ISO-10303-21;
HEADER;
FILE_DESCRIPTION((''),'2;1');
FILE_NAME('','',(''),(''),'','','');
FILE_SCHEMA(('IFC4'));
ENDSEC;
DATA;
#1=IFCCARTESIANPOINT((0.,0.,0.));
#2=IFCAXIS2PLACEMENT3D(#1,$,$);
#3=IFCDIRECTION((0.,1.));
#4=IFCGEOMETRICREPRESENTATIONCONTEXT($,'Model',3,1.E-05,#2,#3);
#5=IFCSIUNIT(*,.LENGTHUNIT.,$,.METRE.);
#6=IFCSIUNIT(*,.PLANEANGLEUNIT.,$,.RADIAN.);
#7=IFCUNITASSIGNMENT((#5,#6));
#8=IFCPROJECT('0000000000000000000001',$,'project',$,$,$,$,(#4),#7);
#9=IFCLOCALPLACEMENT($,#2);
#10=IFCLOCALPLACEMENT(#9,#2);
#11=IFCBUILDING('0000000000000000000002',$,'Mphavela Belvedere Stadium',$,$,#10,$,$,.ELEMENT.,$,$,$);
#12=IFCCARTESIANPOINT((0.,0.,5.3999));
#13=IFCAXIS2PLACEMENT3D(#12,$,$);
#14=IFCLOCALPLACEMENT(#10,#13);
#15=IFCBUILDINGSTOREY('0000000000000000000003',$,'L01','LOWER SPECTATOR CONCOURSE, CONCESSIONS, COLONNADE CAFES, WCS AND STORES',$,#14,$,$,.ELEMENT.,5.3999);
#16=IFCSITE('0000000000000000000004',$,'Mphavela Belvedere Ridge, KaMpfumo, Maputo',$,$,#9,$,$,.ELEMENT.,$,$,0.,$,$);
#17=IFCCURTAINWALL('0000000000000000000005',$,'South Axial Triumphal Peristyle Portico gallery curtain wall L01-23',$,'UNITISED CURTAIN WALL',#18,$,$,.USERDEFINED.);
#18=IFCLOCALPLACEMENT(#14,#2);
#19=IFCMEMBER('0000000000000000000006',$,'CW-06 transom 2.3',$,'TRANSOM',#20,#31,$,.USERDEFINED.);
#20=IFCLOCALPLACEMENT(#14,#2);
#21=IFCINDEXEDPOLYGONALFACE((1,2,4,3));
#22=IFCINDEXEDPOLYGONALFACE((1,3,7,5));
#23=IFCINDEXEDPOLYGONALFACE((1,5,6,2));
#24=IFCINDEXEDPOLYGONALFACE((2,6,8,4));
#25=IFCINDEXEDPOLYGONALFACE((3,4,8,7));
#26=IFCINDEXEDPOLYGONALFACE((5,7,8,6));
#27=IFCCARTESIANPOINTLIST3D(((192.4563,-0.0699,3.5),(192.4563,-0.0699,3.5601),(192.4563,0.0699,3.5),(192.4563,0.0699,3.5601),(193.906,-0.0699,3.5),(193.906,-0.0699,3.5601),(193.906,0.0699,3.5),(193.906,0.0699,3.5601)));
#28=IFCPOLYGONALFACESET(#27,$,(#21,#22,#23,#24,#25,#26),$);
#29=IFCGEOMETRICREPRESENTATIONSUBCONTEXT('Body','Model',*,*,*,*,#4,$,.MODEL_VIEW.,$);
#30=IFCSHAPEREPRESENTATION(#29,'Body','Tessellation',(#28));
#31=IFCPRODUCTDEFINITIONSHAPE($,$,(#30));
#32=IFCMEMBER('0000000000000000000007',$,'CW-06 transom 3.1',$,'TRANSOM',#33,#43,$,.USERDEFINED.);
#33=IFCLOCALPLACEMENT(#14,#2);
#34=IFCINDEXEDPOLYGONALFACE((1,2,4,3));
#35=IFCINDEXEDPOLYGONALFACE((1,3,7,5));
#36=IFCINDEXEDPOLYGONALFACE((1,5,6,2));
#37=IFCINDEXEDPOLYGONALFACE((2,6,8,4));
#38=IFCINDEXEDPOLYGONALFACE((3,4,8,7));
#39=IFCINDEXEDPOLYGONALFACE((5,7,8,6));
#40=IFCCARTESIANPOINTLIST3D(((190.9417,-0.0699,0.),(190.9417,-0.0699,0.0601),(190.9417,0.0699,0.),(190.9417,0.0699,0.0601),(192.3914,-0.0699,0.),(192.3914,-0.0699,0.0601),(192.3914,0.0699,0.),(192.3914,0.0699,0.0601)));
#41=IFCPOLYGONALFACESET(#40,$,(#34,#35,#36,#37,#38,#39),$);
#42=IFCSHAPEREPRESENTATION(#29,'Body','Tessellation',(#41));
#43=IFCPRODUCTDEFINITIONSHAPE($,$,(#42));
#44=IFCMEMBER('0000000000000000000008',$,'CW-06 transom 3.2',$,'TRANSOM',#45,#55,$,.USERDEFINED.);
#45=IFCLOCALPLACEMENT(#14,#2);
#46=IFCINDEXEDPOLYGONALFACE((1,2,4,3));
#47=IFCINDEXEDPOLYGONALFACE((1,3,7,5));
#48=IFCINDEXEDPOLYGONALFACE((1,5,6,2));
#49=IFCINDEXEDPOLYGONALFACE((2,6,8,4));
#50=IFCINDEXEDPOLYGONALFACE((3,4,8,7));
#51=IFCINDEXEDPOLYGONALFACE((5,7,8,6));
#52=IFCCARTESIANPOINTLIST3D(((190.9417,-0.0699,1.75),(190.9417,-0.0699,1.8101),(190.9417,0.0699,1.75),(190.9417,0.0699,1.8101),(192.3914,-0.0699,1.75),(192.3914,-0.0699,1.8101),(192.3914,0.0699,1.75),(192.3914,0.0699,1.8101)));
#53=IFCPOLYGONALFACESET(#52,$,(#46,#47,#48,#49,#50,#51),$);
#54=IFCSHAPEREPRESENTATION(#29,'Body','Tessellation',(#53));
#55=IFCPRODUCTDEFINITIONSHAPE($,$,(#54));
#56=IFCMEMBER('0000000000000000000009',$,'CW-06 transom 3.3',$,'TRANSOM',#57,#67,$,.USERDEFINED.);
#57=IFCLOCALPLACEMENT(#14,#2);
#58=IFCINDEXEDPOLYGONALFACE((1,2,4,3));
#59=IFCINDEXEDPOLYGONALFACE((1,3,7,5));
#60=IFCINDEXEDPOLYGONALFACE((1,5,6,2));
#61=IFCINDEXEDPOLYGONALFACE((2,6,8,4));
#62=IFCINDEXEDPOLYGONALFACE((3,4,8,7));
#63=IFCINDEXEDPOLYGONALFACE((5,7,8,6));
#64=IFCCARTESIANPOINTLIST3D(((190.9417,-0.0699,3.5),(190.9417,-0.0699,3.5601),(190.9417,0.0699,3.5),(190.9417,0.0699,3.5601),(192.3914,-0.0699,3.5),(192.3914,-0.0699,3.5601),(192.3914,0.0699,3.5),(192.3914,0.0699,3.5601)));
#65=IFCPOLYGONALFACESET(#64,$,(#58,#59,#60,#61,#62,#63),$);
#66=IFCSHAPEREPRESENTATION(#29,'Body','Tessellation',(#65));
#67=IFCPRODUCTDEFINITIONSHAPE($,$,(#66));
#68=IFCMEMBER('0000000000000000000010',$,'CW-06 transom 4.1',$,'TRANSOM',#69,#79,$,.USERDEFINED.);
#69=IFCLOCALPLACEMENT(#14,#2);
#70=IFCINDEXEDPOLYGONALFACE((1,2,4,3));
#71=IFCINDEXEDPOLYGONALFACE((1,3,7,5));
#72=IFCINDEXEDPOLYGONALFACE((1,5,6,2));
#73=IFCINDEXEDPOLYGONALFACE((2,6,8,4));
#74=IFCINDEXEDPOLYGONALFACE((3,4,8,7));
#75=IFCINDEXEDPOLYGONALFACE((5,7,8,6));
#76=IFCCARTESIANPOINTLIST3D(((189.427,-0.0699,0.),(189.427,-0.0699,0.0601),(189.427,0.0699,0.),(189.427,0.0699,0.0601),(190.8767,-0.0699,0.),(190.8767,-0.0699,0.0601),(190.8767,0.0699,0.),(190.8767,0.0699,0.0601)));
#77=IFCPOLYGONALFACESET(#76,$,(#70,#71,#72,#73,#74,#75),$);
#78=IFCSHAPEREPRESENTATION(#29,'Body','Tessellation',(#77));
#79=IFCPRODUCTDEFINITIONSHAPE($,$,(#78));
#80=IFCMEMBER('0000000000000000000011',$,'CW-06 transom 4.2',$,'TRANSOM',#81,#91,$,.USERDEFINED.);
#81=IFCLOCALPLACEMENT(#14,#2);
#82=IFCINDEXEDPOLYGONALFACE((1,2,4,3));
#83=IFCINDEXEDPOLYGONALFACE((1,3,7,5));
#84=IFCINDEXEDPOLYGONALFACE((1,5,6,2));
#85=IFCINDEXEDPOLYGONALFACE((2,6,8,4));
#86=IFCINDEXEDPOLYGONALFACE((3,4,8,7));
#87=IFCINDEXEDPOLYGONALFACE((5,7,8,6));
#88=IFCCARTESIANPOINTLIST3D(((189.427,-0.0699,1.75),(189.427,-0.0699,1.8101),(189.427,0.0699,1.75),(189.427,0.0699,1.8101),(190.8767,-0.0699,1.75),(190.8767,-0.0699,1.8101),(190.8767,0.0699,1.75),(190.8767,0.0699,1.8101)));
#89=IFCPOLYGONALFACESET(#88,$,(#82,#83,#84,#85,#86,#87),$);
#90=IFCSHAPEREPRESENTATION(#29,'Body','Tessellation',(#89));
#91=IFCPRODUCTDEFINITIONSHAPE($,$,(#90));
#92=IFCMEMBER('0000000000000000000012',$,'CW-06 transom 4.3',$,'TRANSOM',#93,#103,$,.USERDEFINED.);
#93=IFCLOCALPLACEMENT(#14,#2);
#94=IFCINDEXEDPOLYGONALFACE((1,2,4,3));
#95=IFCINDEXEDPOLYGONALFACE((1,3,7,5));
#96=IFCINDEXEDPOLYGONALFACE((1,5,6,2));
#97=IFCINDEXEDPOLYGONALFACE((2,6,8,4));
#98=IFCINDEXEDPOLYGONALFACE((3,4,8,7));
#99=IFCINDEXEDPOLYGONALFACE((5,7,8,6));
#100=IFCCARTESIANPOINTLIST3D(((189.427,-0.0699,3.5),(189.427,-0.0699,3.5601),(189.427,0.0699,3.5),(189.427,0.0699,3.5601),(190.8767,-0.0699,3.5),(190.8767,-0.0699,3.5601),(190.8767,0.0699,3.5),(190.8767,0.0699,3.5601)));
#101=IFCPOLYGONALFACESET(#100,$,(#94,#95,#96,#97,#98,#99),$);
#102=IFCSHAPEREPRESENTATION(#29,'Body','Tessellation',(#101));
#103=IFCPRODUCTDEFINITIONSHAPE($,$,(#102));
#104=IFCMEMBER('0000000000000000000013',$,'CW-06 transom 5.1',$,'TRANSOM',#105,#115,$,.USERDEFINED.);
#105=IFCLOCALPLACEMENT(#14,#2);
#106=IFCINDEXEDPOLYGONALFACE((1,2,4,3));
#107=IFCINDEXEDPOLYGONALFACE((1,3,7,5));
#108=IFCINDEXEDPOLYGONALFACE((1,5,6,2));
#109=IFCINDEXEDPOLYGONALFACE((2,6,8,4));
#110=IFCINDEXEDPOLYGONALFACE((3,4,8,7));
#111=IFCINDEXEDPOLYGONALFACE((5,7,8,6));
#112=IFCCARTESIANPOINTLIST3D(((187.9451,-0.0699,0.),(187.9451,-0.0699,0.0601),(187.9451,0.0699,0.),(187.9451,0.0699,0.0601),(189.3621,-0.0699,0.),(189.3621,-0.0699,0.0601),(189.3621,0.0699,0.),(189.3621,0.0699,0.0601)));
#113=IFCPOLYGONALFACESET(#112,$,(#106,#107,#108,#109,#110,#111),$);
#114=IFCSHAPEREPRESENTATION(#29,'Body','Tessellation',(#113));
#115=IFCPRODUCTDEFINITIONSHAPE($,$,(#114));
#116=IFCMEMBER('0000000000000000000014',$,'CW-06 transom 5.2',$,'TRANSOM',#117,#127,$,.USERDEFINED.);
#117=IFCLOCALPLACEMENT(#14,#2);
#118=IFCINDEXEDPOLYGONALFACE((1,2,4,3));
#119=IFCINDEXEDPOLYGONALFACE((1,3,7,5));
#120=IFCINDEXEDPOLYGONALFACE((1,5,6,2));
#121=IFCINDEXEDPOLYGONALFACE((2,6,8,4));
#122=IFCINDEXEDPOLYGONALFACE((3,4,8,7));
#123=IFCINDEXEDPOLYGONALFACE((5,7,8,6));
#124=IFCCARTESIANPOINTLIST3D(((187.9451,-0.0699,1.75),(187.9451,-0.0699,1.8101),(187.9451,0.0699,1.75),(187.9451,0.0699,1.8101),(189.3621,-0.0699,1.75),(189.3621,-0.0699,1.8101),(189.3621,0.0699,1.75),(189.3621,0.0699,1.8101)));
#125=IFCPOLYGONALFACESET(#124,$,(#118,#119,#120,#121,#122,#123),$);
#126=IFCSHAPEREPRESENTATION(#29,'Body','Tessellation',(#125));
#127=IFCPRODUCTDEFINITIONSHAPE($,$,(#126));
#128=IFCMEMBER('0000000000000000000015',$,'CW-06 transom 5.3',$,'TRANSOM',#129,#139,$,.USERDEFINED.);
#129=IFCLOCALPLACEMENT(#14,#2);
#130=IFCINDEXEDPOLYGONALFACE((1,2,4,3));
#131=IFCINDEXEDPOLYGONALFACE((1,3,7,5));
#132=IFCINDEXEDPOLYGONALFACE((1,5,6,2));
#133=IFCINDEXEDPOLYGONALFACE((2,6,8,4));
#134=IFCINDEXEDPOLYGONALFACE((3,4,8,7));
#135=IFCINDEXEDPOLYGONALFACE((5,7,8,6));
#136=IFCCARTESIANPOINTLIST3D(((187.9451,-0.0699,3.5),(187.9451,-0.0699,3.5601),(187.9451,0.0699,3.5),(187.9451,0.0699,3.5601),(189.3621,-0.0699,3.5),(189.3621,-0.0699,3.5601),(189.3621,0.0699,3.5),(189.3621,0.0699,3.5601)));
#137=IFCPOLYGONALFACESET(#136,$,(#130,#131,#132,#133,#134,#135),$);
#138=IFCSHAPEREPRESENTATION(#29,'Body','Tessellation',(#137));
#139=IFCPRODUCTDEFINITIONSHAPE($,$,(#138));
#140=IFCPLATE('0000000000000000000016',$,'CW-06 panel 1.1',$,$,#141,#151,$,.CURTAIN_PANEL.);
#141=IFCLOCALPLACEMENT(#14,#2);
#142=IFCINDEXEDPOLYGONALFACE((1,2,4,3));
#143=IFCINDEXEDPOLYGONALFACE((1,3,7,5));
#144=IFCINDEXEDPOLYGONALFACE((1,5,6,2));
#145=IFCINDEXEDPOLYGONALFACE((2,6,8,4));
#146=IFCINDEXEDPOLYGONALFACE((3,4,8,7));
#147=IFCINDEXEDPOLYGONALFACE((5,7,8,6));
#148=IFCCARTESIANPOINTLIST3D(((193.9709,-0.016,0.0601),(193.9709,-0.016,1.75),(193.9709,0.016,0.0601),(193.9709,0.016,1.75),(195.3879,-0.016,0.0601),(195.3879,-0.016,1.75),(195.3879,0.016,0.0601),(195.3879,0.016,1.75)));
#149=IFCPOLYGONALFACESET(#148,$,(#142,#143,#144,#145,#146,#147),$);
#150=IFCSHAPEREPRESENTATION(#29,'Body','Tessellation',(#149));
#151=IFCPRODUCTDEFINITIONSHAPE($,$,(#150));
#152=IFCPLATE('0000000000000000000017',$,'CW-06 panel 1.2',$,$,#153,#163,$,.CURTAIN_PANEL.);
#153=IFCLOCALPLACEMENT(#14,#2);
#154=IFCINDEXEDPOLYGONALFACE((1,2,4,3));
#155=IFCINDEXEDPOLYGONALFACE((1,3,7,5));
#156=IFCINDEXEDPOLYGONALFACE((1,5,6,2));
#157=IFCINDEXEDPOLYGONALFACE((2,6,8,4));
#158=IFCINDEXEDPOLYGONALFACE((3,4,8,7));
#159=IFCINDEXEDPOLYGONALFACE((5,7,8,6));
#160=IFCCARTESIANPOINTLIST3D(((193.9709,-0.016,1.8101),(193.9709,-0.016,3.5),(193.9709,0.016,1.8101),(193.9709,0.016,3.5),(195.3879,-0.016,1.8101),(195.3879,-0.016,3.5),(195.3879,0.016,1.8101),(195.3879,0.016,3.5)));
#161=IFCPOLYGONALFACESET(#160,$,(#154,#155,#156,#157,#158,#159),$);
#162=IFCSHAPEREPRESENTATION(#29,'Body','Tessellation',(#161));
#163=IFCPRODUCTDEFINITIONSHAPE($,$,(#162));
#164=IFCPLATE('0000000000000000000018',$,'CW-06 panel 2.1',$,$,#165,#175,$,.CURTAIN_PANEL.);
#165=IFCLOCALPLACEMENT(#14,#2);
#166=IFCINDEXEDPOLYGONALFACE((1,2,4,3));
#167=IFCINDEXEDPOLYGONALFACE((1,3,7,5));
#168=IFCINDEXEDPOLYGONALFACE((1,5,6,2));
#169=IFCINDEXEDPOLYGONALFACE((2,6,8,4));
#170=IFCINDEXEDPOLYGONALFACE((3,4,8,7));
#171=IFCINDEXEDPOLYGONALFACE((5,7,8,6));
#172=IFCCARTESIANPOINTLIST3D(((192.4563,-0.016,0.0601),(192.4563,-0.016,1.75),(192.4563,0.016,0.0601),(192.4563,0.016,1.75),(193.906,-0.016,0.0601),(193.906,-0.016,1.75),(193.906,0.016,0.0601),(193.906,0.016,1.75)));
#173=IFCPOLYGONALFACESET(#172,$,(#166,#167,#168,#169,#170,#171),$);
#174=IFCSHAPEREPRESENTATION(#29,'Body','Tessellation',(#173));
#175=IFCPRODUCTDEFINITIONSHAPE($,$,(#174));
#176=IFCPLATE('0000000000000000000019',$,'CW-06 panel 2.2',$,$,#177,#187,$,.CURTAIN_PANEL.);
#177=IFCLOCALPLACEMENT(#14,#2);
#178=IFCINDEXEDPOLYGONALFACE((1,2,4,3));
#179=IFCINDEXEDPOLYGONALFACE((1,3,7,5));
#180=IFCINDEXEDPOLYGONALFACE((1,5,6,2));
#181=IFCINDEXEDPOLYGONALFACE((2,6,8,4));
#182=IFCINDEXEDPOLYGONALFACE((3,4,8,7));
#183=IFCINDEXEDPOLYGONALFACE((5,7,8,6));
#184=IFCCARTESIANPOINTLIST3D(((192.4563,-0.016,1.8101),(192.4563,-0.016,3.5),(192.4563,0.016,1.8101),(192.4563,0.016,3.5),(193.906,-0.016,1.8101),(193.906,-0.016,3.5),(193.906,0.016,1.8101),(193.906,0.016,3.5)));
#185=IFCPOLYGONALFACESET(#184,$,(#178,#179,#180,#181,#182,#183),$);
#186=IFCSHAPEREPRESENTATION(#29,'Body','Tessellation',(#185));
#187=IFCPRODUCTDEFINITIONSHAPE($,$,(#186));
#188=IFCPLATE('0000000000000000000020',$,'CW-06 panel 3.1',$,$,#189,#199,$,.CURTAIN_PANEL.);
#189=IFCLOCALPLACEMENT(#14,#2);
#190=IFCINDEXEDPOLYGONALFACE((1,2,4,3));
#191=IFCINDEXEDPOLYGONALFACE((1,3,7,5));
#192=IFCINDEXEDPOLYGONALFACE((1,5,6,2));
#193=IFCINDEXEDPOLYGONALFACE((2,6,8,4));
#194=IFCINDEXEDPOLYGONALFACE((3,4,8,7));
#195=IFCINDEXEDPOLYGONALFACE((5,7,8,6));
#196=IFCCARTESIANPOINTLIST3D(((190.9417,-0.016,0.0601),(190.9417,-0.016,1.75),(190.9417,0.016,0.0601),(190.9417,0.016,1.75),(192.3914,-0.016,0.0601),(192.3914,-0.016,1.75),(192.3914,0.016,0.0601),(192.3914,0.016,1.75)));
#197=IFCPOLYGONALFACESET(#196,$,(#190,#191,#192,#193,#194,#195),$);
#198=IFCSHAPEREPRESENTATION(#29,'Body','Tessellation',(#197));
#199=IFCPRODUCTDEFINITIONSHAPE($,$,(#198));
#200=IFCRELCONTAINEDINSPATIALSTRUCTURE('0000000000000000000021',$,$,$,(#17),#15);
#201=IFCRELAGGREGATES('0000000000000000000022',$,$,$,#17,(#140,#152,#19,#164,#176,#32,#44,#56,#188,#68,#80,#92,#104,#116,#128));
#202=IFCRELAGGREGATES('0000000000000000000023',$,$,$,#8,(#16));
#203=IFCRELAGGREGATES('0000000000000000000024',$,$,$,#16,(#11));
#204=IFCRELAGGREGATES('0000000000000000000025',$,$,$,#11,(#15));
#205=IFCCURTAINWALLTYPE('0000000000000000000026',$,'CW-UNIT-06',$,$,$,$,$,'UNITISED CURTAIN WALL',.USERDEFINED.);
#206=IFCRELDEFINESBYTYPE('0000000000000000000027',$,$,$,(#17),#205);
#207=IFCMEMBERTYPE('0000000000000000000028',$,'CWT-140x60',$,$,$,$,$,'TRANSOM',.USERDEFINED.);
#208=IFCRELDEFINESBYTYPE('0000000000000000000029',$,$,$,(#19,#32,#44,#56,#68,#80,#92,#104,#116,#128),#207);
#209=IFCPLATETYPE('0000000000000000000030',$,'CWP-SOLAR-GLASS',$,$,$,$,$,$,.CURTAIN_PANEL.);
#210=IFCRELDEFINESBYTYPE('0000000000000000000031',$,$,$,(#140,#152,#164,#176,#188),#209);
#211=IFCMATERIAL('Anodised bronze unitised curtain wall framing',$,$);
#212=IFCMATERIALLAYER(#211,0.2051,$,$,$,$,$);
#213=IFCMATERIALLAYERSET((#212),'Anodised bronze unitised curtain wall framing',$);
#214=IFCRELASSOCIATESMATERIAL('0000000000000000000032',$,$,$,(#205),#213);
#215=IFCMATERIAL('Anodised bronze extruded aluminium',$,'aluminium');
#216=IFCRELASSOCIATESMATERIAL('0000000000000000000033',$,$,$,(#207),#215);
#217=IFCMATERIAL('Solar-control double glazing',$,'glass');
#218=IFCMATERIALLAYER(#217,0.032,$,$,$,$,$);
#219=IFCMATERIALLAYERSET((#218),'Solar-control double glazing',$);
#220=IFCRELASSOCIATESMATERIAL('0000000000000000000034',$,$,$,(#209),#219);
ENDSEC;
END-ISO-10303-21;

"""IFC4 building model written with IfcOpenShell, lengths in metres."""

from ifc_helpers import new_model, si_unit, direction, frame, origin, origin_2d, place, context, subcontext, project, spatial, rectangle, extrude, material, layer, layer_set, material_profile, profile_set, type_object, element, aggregate, save


model = new_model("IFC4")

# Units and contexts
model_context = context("Model", 3, precision=1e-05, world=origin(), true_north=direction((0.0, 1.0)))
body_context = subcontext(model_context, "Body", "Model", "MODEL_VIEW")
ifc_project = project(units=[si_unit("LENGTHUNIT", "METRE"), si_unit("PLANEANGLEUNIT", "RADIAN")], contexts=[model_context])

# Site, building, storey
site_placement = place(None, origin())
site = spatial("IfcSite", under=ifc_project, at=site_placement, Name="Mphavela Belvedere Ridge, KaMpfumo, Maputo", CompositionType="ELEMENT", RefElevation=0.0)
building_placement = place(site_placement, origin())
building = spatial("IfcBuilding", under=site, at=building_placement, Name="Mphavela Belvedere Stadium", CompositionType="ELEMENT")
storey_placement = place(building_placement, frame((0.0, 0.0, 5.3999)))
storey = spatial("IfcBuildingStorey", under=building, at=storey_placement, Name="L01", Description="LOWER SPECTATOR CONCOURSE, CONCESSIONS, COLONNADE CAFES, WCS AND STORES", CompositionType="ELEMENT", Elevation=5.3999)

# Curtain wall, members, plates
ifc_material_1 = material(Name="Anodised bronze unitised curtain wall framing")
ifc_layer_1 = layer(ifc_material_1, 0.2051)
ifc_layer_set_1 = layer_set([ifc_layer_1], Name="Anodised bronze unitised curtain wall framing")
curtain_wall_type = type_object("IfcCurtainWallType", Name="CW-UNIT-06", ElementType="UNITISED CURTAIN WALL", PredefinedType="USERDEFINED", material=ifc_layer_set_1)
curtain_wall_placement = place(storey_placement, origin())
curtain_wall = element("IfcCurtainWall", 1, at=curtain_wall_placement, inside=storey, type_object=curtain_wall_type, Name="South Axial Triumphal Peristyle Portico gallery curtain wall L01-23", ObjectType="UNITISED CURTAIN WALL", PredefinedType="USERDEFINED")
ifc_material_2 = material(Name="Anodised bronze extruded aluminium", Category="aluminium")
ifc_material_profile_1 = material_profile(ifc_material_2, rectangle(XDim=0.1399, YDim=0.0601, at=origin_2d()), Name="CW-TRN 140x60")
ifc_profile_set_1 = profile_set([ifc_material_profile_1], Name="Anodised bronze extruded aluminium")
member_type_1 = type_object("IfcMemberType", Name="CWT-140x60", ElementType="TRANSOM", PredefinedType="USERDEFINED", material=ifc_profile_set_1)
member_1_placement = place(storey_placement, frame((193.906, 0.0, 3.53), z_axis=(-1.0, 0.0, 0.0), x_axis=(0.0, -1.0, 0.0)))
member_1 = element("IfcMember", 2, at=member_1_placement, type_object=member_type_1, Name="CW-06 transom 2.3", ObjectType="TRANSOM", PredefinedType="USERDEFINED", context=body_context, shape_type="SweptSolid", body=[
    extrude(rectangle(XDim=0.1399, YDim=0.0601, at=origin_2d()), origin(), (0.0, 0.0, 1.0), 1.4497),
])
member_2_placement = place(storey_placement, frame((192.3914, 0.0, 0.03), z_axis=(-1.0, 0.0, 0.0), x_axis=(0.0, -1.0, 0.0)))
member_2 = element("IfcMember", 3, at=member_2_placement, type_object=member_type_1, Name="CW-06 transom 3.1", ObjectType="TRANSOM", PredefinedType="USERDEFINED", context=body_context, shape_type="SweptSolid", body=[
    extrude(rectangle(XDim=0.1399, YDim=0.0601, at=origin_2d()), origin(), (0.0, 0.0, 1.0), 1.4497),
])
member_3_placement = place(storey_placement, frame((192.3914, 0.0, 1.78), z_axis=(-1.0, 0.0, 0.0), x_axis=(0.0, -1.0, 0.0)))
member_3 = element("IfcMember", 4, at=member_3_placement, type_object=member_type_1, Name="CW-06 transom 3.2", ObjectType="TRANSOM", PredefinedType="USERDEFINED", context=body_context, shape_type="SweptSolid", body=[
    extrude(rectangle(XDim=0.1399, YDim=0.0601, at=origin_2d()), origin(), (0.0, 0.0, 1.0), 1.4497),
])
member_4_placement = place(storey_placement, frame((192.3914, 0.0, 3.53), z_axis=(-1.0, 0.0, 0.0), x_axis=(0.0, -1.0, 0.0)))
member_4 = element("IfcMember", 5, at=member_4_placement, type_object=member_type_1, Name="CW-06 transom 3.3", ObjectType="TRANSOM", PredefinedType="USERDEFINED", context=body_context, shape_type="SweptSolid", body=[
    extrude(rectangle(XDim=0.1399, YDim=0.0601, at=origin_2d()), origin(), (0.0, 0.0, 1.0), 1.4497),
])
member_5_placement = place(storey_placement, frame((190.8767, 0.0, 0.03), z_axis=(-1.0, 0.0, 0.0), x_axis=(0.0, -1.0, 0.0)))
member_5 = element("IfcMember", 6, at=member_5_placement, type_object=member_type_1, Name="CW-06 transom 4.1", ObjectType="TRANSOM", PredefinedType="USERDEFINED", context=body_context, shape_type="SweptSolid", body=[
    extrude(rectangle(XDim=0.1399, YDim=0.0601, at=origin_2d()), origin(), (0.0, 0.0, 1.0), 1.4497),
])
member_6_placement = place(storey_placement, frame((190.8767, 0.0, 1.78), z_axis=(-1.0, 0.0, 0.0), x_axis=(0.0, -1.0, 0.0)))
member_6 = element("IfcMember", 7, at=member_6_placement, type_object=member_type_1, Name="CW-06 transom 4.2", ObjectType="TRANSOM", PredefinedType="USERDEFINED", context=body_context, shape_type="SweptSolid", body=[
    extrude(rectangle(XDim=0.1399, YDim=0.0601, at=origin_2d()), origin(), (0.0, 0.0, 1.0), 1.4497),
])
member_7_placement = place(storey_placement, frame((190.8767, 0.0, 3.53), z_axis=(-1.0, 0.0, 0.0), x_axis=(0.0, -1.0, 0.0)))
member_7 = element("IfcMember", 8, at=member_7_placement, type_object=member_type_1, Name="CW-06 transom 4.3", ObjectType="TRANSOM", PredefinedType="USERDEFINED", context=body_context, shape_type="SweptSolid", body=[
    extrude(rectangle(XDim=0.1399, YDim=0.0601, at=origin_2d()), origin(), (0.0, 0.0, 1.0), 1.4497),
])
member_8_placement = place(storey_placement, frame((189.3621, 0.0, 0.03), z_axis=(-1.0, 0.0, 0.0), x_axis=(0.0, -1.0, 0.0)))
member_8 = element("IfcMember", 9, at=member_8_placement, type_object=member_type_1, Name="CW-06 transom 5.1", ObjectType="TRANSOM", PredefinedType="USERDEFINED", context=body_context, shape_type="SweptSolid", body=[
    extrude(rectangle(XDim=0.1399, YDim=0.0601, at=origin_2d()), origin(), (0.0, 0.0, 1.0), 1.417),
])
member_9_placement = place(storey_placement, frame((189.3621, 0.0, 1.78), z_axis=(-1.0, 0.0, 0.0), x_axis=(0.0, -1.0, 0.0)))
member_9 = element("IfcMember", 10, at=member_9_placement, type_object=member_type_1, Name="CW-06 transom 5.2", ObjectType="TRANSOM", PredefinedType="USERDEFINED", context=body_context, shape_type="SweptSolid", body=[
    extrude(rectangle(XDim=0.1399, YDim=0.0601, at=origin_2d()), origin(), (0.0, 0.0, 1.0), 1.417),
])
member_10_placement = place(storey_placement, frame((189.3621, 0.0, 3.53), z_axis=(-1.0, 0.0, 0.0), x_axis=(0.0, -1.0, 0.0)))
member_10 = element("IfcMember", 11, at=member_10_placement, type_object=member_type_1, Name="CW-06 transom 5.3", ObjectType="TRANSOM", PredefinedType="USERDEFINED", context=body_context, shape_type="SweptSolid", body=[
    extrude(rectangle(XDim=0.1399, YDim=0.0601, at=origin_2d()), origin(), (0.0, 0.0, 1.0), 1.417),
])
ifc_material_3 = material(Name="Solar-control double glazing", Category="glass")
ifc_layer_2 = layer(ifc_material_3, 0.032)
ifc_layer_set_2 = layer_set([ifc_layer_2], Name="Solar-control double glazing")
plate_type = type_object("IfcPlateType", Name="CWP-SOLAR-GLASS", PredefinedType="CURTAIN_PANEL", material=ifc_layer_set_2)
plate_1_placement = place(storey_placement, frame((194.6794, 0.0, 0.0601), z_axis=(0.0, 0.0, 1.0), x_axis=(-1.0, 0.0, 0.0)))
plate_1 = element("IfcPlate", 12, at=plate_1_placement, type_object=plate_type, Name="CW-06 panel 1.1", PredefinedType="CURTAIN_PANEL", context=body_context, shape_type="SweptSolid", body=[
    extrude(rectangle(XDim=1.417, YDim=0.032, at=origin_2d()), origin(), (0.0, 0.0, 1.0), 1.6899),
])
plate_2_placement = place(storey_placement, frame((194.6794, 0.0, 1.8101), z_axis=(0.0, 0.0, 1.0), x_axis=(-1.0, 0.0, 0.0)))
plate_2 = element("IfcPlate", 13, at=plate_2_placement, type_object=plate_type, Name="CW-06 panel 1.2", PredefinedType="CURTAIN_PANEL", context=body_context, shape_type="SweptSolid", body=[
    extrude(rectangle(XDim=1.417, YDim=0.032, at=origin_2d()), origin(), (0.0, 0.0, 1.0), 1.6899),
])
plate_3_placement = place(storey_placement, frame((193.1812, 0.0, 0.0601), z_axis=(0.0, 0.0, 1.0), x_axis=(-1.0, 0.0, 0.0)))
plate_3 = element("IfcPlate", 14, at=plate_3_placement, type_object=plate_type, Name="CW-06 panel 2.1", PredefinedType="CURTAIN_PANEL", context=body_context, shape_type="SweptSolid", body=[
    extrude(rectangle(XDim=1.4497, YDim=0.032, at=origin_2d()), origin(), (0.0, 0.0, 1.0), 1.6899),
])
plate_4_placement = place(storey_placement, frame((193.1812, 0.0, 1.8101), z_axis=(0.0, 0.0, 1.0), x_axis=(-1.0, 0.0, 0.0)))
plate_4 = element("IfcPlate", 15, at=plate_4_placement, type_object=plate_type, Name="CW-06 panel 2.2", PredefinedType="CURTAIN_PANEL", context=body_context, shape_type="SweptSolid", body=[
    extrude(rectangle(XDim=1.4497, YDim=0.032, at=origin_2d()), origin(), (0.0, 0.0, 1.0), 1.6899),
])
plate_5_placement = place(storey_placement, frame((191.6665, 0.0, 0.0601), z_axis=(0.0, 0.0, 1.0), x_axis=(-1.0, 0.0, 0.0)))
plate_5 = element("IfcPlate", 16, at=plate_5_placement, type_object=plate_type, Name="CW-06 panel 3.1", PredefinedType="CURTAIN_PANEL", context=body_context, shape_type="SweptSolid", body=[
    extrude(rectangle(XDim=1.4497, YDim=0.032, at=origin_2d()), origin(), (0.0, 0.0, 1.0), 1.6899),
])
aggregate(curtain_wall, [plate_1, plate_2, member_1, plate_3, plate_4, member_2, member_3, member_4, plate_5, member_5, member_6, member_7, member_8, member_9, member_10])

save(model, "model.ifc")
